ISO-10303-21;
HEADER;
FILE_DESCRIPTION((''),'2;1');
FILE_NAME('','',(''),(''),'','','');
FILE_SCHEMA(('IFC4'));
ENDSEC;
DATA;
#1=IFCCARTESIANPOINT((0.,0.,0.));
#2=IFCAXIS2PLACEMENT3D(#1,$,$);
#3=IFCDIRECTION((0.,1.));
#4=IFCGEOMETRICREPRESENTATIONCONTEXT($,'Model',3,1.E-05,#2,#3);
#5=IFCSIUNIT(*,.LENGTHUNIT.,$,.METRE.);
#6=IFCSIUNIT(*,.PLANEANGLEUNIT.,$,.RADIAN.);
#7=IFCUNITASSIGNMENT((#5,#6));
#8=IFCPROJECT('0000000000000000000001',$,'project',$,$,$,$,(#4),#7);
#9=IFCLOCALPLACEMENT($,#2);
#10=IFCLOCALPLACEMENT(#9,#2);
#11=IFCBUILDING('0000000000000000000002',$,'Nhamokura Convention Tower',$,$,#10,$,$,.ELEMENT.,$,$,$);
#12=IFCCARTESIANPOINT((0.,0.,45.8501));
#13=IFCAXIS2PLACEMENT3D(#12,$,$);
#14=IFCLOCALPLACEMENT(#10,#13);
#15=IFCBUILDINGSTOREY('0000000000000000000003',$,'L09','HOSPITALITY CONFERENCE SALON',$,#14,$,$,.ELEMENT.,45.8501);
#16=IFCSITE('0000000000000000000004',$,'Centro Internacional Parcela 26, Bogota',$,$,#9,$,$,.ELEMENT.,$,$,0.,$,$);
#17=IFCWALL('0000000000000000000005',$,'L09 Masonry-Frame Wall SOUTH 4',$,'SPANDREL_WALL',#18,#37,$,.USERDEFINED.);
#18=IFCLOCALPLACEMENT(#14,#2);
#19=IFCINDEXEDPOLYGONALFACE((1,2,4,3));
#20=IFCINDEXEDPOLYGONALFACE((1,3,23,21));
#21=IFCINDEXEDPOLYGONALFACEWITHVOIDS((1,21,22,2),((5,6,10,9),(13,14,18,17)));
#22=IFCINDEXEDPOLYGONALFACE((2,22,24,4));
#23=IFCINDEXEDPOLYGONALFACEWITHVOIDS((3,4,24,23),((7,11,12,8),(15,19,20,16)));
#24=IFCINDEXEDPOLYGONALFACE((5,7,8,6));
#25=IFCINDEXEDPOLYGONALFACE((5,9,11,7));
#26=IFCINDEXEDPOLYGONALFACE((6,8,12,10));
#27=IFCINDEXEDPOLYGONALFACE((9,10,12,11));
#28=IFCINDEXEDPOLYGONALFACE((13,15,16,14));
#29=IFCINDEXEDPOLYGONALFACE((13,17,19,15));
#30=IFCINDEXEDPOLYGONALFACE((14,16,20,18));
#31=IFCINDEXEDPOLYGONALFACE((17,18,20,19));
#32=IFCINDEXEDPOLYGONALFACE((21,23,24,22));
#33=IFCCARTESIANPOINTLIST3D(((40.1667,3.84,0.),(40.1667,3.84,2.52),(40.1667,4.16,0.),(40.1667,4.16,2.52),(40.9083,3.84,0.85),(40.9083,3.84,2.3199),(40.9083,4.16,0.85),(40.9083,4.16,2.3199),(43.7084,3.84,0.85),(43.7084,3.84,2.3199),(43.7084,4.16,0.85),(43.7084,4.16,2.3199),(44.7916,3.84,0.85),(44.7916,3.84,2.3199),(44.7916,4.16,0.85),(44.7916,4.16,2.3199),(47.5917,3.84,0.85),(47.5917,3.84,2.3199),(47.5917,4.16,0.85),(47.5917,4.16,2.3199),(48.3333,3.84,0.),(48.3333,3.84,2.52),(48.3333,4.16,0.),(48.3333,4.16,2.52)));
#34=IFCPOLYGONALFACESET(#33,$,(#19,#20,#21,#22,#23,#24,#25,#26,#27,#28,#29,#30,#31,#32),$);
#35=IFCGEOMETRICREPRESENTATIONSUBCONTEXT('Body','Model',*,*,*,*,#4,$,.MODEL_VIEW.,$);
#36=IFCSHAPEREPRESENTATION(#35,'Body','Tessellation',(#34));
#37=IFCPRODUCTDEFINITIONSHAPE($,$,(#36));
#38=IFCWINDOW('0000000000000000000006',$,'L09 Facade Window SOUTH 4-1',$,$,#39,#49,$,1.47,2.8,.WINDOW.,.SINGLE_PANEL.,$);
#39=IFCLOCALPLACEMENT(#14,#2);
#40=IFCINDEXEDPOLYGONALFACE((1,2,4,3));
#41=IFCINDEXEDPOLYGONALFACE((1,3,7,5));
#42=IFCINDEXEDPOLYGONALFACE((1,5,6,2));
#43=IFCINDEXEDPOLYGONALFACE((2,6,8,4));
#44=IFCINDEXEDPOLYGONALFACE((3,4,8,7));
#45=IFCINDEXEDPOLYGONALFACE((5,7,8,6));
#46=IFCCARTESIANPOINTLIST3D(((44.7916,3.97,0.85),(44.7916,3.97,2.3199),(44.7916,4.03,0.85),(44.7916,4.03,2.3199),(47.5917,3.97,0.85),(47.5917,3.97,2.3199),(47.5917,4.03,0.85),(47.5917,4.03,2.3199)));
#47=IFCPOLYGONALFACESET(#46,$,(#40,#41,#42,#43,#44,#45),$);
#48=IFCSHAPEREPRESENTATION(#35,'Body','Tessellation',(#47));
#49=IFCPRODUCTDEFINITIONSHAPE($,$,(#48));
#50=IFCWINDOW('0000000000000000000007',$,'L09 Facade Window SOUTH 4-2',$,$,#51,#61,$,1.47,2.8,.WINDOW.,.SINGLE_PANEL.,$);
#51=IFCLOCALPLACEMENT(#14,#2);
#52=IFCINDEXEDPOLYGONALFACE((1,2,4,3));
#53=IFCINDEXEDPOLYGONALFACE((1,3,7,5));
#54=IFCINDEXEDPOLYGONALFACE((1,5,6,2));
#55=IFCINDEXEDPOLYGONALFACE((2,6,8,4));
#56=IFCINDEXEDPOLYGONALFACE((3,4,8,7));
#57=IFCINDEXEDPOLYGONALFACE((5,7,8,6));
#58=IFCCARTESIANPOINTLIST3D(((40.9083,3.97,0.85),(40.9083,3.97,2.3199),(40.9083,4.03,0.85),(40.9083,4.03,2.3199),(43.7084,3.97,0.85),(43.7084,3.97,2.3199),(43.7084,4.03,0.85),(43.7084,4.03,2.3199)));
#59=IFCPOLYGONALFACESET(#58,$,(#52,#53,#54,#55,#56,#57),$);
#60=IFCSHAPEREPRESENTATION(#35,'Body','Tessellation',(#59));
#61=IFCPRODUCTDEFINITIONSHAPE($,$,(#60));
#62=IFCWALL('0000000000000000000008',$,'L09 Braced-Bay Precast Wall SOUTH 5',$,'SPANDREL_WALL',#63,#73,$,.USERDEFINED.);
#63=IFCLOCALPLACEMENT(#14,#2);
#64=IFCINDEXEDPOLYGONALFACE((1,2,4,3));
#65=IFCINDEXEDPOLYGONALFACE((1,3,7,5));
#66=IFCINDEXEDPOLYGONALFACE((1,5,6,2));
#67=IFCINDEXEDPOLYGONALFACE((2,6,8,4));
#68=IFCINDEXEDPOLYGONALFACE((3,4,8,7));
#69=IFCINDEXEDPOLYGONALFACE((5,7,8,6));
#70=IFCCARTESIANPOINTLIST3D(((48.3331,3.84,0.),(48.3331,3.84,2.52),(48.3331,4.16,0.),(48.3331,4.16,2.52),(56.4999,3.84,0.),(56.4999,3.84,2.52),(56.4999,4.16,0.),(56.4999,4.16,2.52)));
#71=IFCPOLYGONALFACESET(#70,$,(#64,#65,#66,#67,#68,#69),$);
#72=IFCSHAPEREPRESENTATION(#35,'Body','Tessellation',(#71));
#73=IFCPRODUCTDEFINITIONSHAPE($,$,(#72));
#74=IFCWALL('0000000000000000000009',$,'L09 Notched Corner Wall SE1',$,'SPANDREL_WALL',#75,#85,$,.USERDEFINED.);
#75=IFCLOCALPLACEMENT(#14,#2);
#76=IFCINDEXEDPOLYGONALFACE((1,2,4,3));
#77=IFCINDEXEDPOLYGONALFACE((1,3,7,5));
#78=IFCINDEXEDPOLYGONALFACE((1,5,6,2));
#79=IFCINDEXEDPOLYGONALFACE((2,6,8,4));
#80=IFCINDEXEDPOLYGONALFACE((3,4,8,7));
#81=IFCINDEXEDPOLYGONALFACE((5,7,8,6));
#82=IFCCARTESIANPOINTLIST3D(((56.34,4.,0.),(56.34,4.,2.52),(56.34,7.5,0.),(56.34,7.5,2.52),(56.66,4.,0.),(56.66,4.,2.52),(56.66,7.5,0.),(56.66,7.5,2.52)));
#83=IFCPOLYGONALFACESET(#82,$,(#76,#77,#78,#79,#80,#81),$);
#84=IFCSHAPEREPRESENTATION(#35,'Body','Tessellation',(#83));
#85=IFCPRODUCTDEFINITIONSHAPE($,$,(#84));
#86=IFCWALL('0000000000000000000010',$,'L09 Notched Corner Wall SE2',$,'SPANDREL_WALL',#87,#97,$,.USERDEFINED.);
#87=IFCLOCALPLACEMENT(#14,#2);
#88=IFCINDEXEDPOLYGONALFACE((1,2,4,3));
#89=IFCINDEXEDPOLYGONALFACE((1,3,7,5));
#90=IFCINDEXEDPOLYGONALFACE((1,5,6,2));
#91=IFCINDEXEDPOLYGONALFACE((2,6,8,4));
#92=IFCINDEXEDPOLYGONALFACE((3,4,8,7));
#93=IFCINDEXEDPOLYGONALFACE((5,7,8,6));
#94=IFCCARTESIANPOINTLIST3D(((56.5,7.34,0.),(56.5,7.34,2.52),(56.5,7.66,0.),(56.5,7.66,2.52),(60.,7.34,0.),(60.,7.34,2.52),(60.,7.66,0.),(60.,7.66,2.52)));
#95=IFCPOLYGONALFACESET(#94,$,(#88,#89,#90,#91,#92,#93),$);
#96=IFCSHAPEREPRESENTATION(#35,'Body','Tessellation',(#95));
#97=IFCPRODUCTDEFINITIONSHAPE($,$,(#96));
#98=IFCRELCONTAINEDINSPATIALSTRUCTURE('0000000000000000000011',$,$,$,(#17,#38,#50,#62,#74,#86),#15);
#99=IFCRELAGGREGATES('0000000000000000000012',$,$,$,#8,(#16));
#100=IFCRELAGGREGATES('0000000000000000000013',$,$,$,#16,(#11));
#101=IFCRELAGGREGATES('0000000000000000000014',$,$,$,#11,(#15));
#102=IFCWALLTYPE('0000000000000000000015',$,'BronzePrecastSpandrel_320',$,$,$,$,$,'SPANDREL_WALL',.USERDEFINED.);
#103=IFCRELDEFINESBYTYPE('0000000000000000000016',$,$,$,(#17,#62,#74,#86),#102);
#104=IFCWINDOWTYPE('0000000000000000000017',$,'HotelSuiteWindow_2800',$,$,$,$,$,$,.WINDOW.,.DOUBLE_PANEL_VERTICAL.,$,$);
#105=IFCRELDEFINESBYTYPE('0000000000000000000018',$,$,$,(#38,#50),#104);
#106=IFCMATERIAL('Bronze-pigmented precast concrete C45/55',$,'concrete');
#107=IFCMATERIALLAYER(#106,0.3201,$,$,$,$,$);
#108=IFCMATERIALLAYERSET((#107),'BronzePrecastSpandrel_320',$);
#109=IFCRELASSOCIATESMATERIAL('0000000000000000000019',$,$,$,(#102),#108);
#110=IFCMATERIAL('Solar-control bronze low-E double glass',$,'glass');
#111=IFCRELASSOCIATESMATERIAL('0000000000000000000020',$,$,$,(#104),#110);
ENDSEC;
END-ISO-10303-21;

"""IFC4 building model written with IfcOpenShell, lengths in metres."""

from ifc_helpers import new_model, si_unit, direction, frame, frame_2d, origin, place, context, subcontext, project, spatial, rectangle, extrude, material, layer, layer_set, type_object, element, fill, save


model = new_model("IFC4")

# Units and contexts
model_context = context("Model", 3, precision=1e-05, world=origin(), true_north=direction((0.0, 1.0)))
body_context = subcontext(model_context, "Body", "Model", "MODEL_VIEW")
ifc_project = project(units=[si_unit("LENGTHUNIT", "METRE"), si_unit("PLANEANGLEUNIT", "RADIAN")], contexts=[model_context])

# Site, building, storey
site_placement = place(None, origin())
site = spatial("IfcSite", under=ifc_project, at=site_placement, Name="Centro Internacional Parcela 26, Bogota", CompositionType="ELEMENT", RefElevation=0.0)
building_placement = place(site_placement, origin())
building = spatial("IfcBuilding", under=site, at=building_placement, Name="Nhamokura Convention Tower", CompositionType="ELEMENT")
storey_placement = place(building_placement, frame((0.0, 0.0, 45.8501)))
storey = spatial("IfcBuildingStorey", under=building, at=storey_placement, Name="L09", Description="HOSPITALITY CONFERENCE SALON", CompositionType="ELEMENT", Elevation=45.8501)

# Wall, openings, windows
ifc_material_1 = material(Name="Bronze-pigmented precast concrete C45/55", Category="concrete")
ifc_layer = layer(ifc_material_1, 0.3201)
ifc_layer_set = layer_set([ifc_layer], Name="BronzePrecastSpandrel_320")
wall_type = type_object("IfcWallType", Name="BronzePrecastSpandrel_320", ElementType="SPANDREL_WALL", PredefinedType="USERDEFINED", material=ifc_layer_set)
wall_1_placement = place(storey_placement, frame((48.3333, 4.0, 0.0), z_axis=(0.0, 0.0, 1.0), x_axis=(-1.0, 0.0, 0.0)))
wall_1 = element("IfcWall", 1, at=wall_1_placement, inside=storey, type_object=wall_type, Name="L09 Masonry-Frame Wall SOUTH 4", ObjectType="SPANDREL_WALL", PredefinedType="USERDEFINED", context=body_context, shape_type="SweptSolid", body=[
    extrude(rectangle(XDim=8.1665, YDim=0.3201, at=frame_2d((4.0833, 0.0))), origin(), (0.0, 0.0, 1.0), 2.52),
])
opening_1_placement = place(wall_1_placement, frame((0.7417, 0.0, 0.8501)))
opening_1 = element("IfcOpeningElement", 2, at=opening_1_placement, cuts=wall_1, PredefinedType="OPENING", context=body_context, shape_type="SweptSolid", body=[
    extrude(rectangle(XDim=2.8, YDim=1.47, at=frame_2d((1.3999, 0.7349))), frame((0.0, 0.1699, 0.0), z_axis=(0.0, -1.0, 0.0), x_axis=(1.0, 0.0, 0.0)), (0.0, 0.0, 1.0), 0.3401),
])
opening_2_placement = place(wall_1_placement, frame((4.625, 0.0, 0.8501)))
opening_2 = element("IfcOpeningElement", 3, at=opening_2_placement, cuts=wall_1, PredefinedType="OPENING", context=body_context, shape_type="SweptSolid", body=[
    extrude(rectangle(XDim=2.8, YDim=1.47, at=frame_2d((1.3999, 0.7349))), frame((0.0, 0.1699, 0.0), z_axis=(0.0, -1.0, 0.0), x_axis=(1.0, 0.0, 0.0)), (0.0, 0.0, 1.0), 0.3401),
])
ifc_material_2 = material(Name="Solar-control bronze low-E double glass", Category="glass")
window_type = type_object("IfcWindowType", Name="HotelSuiteWindow_2800", PartitioningType="DOUBLE_PANEL_VERTICAL", PredefinedType="WINDOW", material=ifc_material_2)
window_1_placement = place(opening_1_placement, origin())
window_1 = element("IfcWindow", 4, at=window_1_placement, inside=storey, type_object=window_type, Name="L09 Facade Window SOUTH 4-1", OverallHeight=1.47, OverallWidth=2.8, PartitioningType="SINGLE_PANEL", PredefinedType="WINDOW", context=body_context, shape_type="SweptSolid", body=[
    extrude(rectangle(XDim=2.8, YDim=1.47, at=frame_2d((1.3999, 0.7349))), frame((0.0, 0.03, 0.0), z_axis=(0.0, -1.0, 0.0), x_axis=(1.0, 0.0, 0.0)), (0.0, 0.0, 1.0), 0.0601),
])
fill(opening_1, window_1)
window_2_placement = place(opening_2_placement, origin())
window_2 = element("IfcWindow", 5, at=window_2_placement, inside=storey, type_object=window_type, Name="L09 Facade Window SOUTH 4-2", OverallHeight=1.47, OverallWidth=2.8, PartitioningType="SINGLE_PANEL", PredefinedType="WINDOW", context=body_context, shape_type="SweptSolid", body=[
    extrude(rectangle(XDim=2.8, YDim=1.47, at=frame_2d((1.3999, 0.7349))), frame((0.0, 0.03, 0.0), z_axis=(0.0, -1.0, 0.0), x_axis=(1.0, 0.0, 0.0)), (0.0, 0.0, 1.0), 0.0601),
])
fill(opening_2, window_2)

# Walls
wall_2_placement = place(storey_placement, frame((56.5, 4.0, 0.0), z_axis=(0.0, 0.0, 1.0), x_axis=(-1.0, 0.0, 0.0)))
element("IfcWall", 6, at=wall_2_placement, inside=storey, type_object=wall_type, Name="L09 Braced-Bay Precast Wall SOUTH 5", ObjectType="SPANDREL_WALL", PredefinedType="USERDEFINED", context=body_context, shape_type="SweptSolid", body=[
    extrude(rectangle(XDim=8.1667, YDim=0.3201, at=frame_2d((4.0835, 0.0))), origin(), (0.0, 0.0, 1.0), 2.52),
])
for number, where, z_axis, x_axis, name in (
    (7, (56.5, 7.5, 0.0), (0.0, 0.0, 1.0), (0.0, -1.0, 0.0), "L09 Notched Corner Wall SE1"),
    (8, (60.0, 7.5, 0.0), (0.0, 0.0, 1.0), (-1.0, 0.0, 0.0), "L09 Notched Corner Wall SE2"),
):
    element("IfcWall", number, at=place(storey_placement, frame(where, z_axis=z_axis, x_axis=x_axis)), inside=storey, type_object=wall_type, Name=name, ObjectType="SPANDREL_WALL", PredefinedType="USERDEFINED", context=body_context, shape_type="SweptSolid", body=[
        extrude(rectangle(XDim=3.5, YDim=0.3201, at=frame_2d((1.75, 0.0))), origin(), (0.0, 0.0, 1.0), 2.52),
    ])

save(model, "model.ifc")
